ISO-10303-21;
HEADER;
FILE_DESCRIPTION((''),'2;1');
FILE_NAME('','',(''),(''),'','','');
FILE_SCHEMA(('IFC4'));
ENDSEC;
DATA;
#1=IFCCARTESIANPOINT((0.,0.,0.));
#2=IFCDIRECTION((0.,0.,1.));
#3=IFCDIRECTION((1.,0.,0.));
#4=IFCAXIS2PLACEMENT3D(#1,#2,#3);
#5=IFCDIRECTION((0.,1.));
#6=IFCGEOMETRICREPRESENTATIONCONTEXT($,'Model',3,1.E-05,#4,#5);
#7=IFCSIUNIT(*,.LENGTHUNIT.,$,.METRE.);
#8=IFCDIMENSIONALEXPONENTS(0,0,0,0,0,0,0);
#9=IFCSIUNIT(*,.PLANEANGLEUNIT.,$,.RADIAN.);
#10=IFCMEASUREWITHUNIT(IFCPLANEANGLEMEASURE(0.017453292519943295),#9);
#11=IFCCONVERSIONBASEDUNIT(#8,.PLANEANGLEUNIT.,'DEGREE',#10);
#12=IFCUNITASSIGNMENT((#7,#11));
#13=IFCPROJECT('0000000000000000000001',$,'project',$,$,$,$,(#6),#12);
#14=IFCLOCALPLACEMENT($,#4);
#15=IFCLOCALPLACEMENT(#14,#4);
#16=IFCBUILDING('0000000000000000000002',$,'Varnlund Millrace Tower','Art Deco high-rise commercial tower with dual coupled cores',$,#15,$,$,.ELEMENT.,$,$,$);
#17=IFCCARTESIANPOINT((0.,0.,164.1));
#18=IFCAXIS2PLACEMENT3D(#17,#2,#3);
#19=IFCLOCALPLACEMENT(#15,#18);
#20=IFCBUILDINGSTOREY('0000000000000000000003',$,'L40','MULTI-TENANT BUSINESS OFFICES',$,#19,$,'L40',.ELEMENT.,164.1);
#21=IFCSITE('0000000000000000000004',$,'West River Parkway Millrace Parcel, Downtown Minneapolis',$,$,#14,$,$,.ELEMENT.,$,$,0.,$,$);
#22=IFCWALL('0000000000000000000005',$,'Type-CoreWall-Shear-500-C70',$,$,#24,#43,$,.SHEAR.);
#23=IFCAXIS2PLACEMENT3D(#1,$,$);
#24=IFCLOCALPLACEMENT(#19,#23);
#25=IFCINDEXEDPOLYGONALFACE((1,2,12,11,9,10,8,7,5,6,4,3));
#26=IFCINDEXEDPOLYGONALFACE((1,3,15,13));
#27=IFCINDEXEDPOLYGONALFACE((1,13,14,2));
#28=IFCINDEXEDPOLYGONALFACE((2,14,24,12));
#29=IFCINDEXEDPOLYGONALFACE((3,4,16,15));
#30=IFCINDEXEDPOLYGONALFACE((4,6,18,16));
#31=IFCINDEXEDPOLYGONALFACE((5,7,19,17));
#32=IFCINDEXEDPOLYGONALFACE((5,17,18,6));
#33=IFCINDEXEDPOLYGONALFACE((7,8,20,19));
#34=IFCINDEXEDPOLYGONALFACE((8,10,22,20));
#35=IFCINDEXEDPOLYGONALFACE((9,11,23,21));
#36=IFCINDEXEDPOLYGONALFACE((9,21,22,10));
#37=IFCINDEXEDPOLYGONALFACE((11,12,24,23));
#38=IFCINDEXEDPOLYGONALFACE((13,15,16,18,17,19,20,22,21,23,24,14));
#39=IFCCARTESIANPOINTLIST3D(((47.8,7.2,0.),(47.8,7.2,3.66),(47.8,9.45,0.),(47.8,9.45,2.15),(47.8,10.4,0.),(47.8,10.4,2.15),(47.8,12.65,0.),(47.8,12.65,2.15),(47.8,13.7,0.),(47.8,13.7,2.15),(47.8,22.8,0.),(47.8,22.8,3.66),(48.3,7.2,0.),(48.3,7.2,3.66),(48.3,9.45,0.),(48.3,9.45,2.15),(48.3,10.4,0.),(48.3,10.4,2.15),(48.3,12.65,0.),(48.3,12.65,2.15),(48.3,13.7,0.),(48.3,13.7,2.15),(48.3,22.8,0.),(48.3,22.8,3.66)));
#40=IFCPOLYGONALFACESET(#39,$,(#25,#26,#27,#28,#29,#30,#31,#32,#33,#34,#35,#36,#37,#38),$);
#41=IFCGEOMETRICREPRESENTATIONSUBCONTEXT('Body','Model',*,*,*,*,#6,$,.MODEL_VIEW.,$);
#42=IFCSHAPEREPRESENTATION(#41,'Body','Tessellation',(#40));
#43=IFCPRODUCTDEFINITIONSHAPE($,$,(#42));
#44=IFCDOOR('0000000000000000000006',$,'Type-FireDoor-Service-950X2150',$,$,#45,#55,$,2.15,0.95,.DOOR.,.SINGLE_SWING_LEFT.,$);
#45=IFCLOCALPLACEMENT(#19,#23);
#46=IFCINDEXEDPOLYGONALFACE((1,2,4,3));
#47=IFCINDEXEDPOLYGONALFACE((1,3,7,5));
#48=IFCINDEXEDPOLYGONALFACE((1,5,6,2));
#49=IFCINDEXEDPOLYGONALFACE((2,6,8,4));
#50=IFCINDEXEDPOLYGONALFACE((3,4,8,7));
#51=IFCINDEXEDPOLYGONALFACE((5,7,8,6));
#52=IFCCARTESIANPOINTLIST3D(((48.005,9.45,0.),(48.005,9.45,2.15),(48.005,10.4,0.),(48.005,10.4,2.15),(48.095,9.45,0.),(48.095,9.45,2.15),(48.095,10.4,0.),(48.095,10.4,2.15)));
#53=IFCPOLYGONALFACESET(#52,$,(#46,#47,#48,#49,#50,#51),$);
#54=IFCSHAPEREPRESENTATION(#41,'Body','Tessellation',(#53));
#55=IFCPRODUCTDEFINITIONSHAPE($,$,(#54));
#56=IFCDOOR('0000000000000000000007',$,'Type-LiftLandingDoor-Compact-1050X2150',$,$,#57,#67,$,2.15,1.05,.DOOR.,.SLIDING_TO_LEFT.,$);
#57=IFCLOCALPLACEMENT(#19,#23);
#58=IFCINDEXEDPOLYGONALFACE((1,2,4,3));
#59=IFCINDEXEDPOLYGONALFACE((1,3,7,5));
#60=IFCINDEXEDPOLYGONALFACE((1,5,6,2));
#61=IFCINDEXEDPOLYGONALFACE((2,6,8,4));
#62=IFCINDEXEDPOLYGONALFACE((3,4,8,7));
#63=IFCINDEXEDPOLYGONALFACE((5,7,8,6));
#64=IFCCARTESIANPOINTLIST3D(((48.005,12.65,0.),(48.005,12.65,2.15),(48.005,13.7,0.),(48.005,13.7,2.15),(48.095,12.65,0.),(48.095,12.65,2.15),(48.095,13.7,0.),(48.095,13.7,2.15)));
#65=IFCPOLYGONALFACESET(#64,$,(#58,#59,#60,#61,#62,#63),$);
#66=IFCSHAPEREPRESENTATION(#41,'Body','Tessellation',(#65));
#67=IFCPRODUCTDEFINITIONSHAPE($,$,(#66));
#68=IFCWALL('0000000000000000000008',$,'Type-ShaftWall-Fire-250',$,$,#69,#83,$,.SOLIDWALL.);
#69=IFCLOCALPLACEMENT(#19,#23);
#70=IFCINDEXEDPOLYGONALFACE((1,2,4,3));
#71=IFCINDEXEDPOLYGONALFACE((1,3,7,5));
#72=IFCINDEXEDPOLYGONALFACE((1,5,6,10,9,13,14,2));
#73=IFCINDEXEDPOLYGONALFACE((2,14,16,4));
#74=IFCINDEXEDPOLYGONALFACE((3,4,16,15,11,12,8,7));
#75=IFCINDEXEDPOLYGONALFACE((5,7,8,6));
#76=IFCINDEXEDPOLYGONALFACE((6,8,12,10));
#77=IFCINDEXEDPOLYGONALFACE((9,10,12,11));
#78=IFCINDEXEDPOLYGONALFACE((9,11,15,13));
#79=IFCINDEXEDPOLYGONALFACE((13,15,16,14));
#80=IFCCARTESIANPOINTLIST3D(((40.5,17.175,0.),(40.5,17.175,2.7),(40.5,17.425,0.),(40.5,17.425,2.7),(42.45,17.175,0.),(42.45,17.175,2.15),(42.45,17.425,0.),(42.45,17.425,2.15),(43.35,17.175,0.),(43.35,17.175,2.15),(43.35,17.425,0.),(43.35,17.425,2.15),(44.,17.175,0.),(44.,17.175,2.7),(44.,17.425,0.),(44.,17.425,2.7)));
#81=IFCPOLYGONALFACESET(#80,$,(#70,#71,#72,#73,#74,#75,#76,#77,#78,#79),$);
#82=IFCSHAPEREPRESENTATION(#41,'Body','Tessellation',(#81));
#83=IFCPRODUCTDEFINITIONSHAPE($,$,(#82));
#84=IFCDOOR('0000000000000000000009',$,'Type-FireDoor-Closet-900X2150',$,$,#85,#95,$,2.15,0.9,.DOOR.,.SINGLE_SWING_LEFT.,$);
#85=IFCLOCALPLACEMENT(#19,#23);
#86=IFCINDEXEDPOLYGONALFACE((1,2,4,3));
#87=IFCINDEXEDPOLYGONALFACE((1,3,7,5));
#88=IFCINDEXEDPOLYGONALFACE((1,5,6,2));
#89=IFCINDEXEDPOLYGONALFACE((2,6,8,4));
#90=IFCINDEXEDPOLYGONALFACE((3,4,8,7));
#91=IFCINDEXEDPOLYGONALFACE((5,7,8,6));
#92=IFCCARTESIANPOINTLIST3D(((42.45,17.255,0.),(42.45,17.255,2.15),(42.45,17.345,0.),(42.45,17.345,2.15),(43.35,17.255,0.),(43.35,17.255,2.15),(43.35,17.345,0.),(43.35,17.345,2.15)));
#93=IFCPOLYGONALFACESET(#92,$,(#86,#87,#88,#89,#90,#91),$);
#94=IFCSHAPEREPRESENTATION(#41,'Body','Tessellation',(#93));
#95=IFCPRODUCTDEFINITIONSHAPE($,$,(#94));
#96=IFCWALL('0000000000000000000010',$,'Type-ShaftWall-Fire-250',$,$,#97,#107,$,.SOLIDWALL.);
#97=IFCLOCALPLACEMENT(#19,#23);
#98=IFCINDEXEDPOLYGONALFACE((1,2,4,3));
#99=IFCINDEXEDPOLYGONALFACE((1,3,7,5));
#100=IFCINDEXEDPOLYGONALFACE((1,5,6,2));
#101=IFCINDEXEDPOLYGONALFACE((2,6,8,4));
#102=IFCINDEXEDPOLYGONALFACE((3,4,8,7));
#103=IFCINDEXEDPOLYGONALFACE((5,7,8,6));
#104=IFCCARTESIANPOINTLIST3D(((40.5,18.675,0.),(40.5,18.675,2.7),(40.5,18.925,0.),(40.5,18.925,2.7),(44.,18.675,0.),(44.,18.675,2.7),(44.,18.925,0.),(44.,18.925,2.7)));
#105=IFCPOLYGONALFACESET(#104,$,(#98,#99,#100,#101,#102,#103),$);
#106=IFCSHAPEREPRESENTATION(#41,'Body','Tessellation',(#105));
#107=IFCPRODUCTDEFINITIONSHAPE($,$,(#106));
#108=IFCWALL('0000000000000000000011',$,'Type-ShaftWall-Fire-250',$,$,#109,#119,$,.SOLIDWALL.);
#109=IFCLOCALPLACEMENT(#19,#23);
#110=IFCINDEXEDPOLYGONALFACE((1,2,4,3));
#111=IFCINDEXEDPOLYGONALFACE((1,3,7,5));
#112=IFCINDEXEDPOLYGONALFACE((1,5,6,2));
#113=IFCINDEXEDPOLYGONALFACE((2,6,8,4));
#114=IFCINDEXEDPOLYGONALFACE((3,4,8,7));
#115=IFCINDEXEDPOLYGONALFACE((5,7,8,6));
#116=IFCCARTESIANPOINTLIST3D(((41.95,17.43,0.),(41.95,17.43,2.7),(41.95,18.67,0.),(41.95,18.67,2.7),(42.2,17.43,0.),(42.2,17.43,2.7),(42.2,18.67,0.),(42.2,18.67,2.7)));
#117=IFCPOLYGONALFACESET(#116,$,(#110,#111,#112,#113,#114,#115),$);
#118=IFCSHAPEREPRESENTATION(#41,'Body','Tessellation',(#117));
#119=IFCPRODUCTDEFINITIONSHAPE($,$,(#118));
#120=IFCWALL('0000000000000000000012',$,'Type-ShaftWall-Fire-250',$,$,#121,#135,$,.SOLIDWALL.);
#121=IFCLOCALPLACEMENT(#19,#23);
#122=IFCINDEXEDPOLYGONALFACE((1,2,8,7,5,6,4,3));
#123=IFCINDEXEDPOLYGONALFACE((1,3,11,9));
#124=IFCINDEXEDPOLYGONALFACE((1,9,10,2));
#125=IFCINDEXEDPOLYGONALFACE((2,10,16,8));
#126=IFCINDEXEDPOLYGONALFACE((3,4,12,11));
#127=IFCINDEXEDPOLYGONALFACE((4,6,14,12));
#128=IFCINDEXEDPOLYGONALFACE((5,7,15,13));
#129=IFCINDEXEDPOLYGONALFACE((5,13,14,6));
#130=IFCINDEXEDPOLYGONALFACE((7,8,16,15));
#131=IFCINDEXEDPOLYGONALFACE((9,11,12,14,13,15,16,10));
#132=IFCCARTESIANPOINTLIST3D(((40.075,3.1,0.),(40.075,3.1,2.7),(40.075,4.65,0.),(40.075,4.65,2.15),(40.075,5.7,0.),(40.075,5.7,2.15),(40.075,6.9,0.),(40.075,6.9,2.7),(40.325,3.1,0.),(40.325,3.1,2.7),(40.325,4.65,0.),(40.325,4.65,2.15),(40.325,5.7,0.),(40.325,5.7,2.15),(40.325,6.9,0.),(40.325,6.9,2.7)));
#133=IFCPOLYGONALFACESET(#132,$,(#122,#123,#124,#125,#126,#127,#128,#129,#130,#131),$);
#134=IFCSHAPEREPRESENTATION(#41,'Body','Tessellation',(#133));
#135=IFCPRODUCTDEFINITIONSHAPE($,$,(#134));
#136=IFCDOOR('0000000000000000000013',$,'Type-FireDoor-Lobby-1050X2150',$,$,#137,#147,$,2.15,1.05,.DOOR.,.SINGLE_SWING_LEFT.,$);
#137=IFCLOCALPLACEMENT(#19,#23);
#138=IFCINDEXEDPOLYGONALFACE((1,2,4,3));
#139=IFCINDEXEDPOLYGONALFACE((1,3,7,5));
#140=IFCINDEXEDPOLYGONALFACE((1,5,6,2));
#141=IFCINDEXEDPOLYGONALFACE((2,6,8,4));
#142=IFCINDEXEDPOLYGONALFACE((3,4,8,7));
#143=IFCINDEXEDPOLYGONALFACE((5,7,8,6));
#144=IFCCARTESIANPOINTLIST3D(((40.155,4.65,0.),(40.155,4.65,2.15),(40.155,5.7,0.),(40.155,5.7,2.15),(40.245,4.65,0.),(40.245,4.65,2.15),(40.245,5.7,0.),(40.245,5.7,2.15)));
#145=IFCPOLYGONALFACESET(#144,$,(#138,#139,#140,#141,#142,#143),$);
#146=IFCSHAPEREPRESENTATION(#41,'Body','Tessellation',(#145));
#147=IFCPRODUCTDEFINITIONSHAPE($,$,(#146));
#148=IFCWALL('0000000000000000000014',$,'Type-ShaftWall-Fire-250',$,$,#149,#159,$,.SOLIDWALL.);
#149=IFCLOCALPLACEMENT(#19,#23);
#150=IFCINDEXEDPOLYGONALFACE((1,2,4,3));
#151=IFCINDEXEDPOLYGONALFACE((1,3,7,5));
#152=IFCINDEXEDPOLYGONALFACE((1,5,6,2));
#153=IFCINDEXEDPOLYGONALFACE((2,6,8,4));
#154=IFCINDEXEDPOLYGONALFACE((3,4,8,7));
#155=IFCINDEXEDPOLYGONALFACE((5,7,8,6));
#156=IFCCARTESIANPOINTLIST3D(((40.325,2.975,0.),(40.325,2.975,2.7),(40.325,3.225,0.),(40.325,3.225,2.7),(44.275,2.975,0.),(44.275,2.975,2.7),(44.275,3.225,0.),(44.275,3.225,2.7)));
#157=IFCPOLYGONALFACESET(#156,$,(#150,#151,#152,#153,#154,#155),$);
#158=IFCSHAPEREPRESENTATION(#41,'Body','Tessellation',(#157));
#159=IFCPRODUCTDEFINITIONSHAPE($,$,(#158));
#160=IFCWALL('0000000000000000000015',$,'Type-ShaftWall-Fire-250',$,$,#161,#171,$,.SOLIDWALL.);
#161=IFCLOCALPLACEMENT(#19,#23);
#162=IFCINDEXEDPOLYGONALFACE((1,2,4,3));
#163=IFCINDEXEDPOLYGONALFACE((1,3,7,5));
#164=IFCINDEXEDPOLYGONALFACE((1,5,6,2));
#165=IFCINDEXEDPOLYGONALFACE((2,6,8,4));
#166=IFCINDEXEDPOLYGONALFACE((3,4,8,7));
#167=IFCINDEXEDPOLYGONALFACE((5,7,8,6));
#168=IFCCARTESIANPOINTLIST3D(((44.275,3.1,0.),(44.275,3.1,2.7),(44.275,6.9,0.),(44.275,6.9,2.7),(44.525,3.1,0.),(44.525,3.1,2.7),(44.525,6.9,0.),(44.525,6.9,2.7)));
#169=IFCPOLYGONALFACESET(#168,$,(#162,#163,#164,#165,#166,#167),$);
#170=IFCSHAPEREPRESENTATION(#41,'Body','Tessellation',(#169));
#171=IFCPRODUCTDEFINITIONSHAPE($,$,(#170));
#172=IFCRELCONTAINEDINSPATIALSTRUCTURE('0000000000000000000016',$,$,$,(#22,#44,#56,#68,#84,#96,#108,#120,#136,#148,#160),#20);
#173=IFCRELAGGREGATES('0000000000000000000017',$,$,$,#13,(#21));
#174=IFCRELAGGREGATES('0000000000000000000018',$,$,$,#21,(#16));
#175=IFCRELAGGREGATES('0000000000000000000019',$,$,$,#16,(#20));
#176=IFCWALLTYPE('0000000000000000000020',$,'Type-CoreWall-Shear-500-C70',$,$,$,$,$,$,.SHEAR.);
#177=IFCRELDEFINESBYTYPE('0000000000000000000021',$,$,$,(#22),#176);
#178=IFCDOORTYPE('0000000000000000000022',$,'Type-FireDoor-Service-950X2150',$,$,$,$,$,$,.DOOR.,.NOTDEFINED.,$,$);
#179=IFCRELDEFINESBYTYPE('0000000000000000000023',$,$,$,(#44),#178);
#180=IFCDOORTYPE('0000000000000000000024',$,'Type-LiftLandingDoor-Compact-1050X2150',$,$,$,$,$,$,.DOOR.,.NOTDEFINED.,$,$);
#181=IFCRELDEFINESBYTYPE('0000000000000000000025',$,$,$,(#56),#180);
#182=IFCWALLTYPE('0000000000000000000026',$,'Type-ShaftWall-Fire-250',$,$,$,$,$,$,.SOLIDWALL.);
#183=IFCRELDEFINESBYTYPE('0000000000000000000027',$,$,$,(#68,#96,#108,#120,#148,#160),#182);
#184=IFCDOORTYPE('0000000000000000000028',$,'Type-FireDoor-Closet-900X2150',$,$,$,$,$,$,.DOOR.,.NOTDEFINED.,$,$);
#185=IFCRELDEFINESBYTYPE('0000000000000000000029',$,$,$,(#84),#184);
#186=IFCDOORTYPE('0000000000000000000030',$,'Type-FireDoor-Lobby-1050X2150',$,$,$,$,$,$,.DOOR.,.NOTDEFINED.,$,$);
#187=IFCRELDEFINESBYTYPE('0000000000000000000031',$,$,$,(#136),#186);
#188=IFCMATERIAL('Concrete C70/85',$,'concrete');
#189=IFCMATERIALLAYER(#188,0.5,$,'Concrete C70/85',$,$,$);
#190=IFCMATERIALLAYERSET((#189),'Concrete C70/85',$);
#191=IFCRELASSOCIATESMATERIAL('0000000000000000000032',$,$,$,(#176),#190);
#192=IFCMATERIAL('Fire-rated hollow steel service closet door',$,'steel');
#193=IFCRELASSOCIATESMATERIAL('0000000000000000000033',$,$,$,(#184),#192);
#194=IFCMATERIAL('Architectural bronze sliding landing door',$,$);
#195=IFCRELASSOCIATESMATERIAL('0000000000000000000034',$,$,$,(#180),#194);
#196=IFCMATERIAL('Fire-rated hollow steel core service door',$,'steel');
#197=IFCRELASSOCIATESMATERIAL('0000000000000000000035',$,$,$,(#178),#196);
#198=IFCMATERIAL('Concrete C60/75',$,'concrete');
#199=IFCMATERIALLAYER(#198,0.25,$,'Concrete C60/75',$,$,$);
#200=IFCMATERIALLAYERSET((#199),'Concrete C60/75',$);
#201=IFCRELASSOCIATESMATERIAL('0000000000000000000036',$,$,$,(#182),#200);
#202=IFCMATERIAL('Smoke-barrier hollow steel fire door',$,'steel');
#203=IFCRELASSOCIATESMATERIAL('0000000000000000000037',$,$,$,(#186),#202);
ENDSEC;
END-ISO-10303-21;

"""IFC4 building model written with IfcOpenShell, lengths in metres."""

from ifc_helpers import new_model, entity, si_unit, converted_unit, direction, frame, origin_with_axes, origin_2d_with_axis, place, context, subcontext, project, spatial, polyline, rectangle, outline, extrude, material, layer, layer_set, type_object, element, fill, save


model = new_model("IFC4")

# Units and contexts
model_context = context("Model", 3, precision=1e-05, world=origin_with_axes(), true_north=direction((0.0, 1.0)))
body_context = subcontext(model_context, "Body", "Model", "MODEL_VIEW")
ifc_project = project(units=[si_unit("LENGTHUNIT", "METRE"), converted_unit("PLANEANGLEUNIT", "DEGREE", entity("IfcPlaneAngleMeasure", 0.017453292519943295), si_unit("PLANEANGLEUNIT", "RADIAN"), dimensions=[0, 0, 0, 0, 0, 0, 0])], contexts=[model_context])

# Site, building, storey
site_placement = place(None, origin_with_axes())
site = spatial("IfcSite", under=ifc_project, at=site_placement, Name="West River Parkway Millrace Parcel, Downtown Minneapolis", CompositionType="ELEMENT", RefElevation=0.0)
building_placement = place(site_placement, origin_with_axes())
building = spatial("IfcBuilding", under=site, at=building_placement, Name="Varnlund Millrace Tower", Description="Art Deco high-rise commercial tower with dual coupled cores", CompositionType="ELEMENT")
storey_placement = place(building_placement, frame((0.0, 0.0, 164.1), z_axis=(0.0, 0.0, 1.0), x_axis=(1.0, 0.0, 0.0)))
storey = spatial("IfcBuildingStorey", under=building, at=storey_placement, Name="L40", Description="MULTI-TENANT BUSINESS OFFICES", LongName="L40", CompositionType="ELEMENT", Elevation=164.1)

# Shared definitions
ifc_material_1 = material(Name="Concrete C70/85", Category="concrete")

# Shared definitions
ifc_layer_1 = layer(ifc_material_1, 0.5, Name="Concrete C70/85")
ifc_layer_set_1 = layer_set([ifc_layer_1], Name="Concrete C70/85")
wall_type_1 = type_object("IfcWallType", Name="Type-CoreWall-Shear-500-C70", PredefinedType="SHEAR", material=ifc_layer_set_1)
ifc_material_2 = material(Name="Fire-rated hollow steel service closet door", Category="steel")
door_type_1 = type_object("IfcDoorType", Name="Type-FireDoor-Closet-900X2150", OperationType="NOTDEFINED", PredefinedType="DOOR", material=ifc_material_2)
ifc_material_3 = material(Name="Architectural bronze sliding landing door")
door_type_2 = type_object("IfcDoorType", Name="Type-LiftLandingDoor-Compact-1050X2150", OperationType="NOTDEFINED", PredefinedType="DOOR", material=ifc_material_3)

# Wall, openings, doors
wall_1_placement = place(storey_placement, frame((48.05, 7.2, 0.0), z_axis=(0.0, 0.0, 1.0), x_axis=(0.0, 1.0, 0.0)))
wall_1 = element("IfcWall", 1, at=wall_1_placement, inside=storey, type_object=wall_type_1, Name="Type-CoreWall-Shear-500-C70", PredefinedType="SHEAR", context=body_context, shape_type="SweptSolid", body=[
    extrude(outline(polyline([(0.0, -0.25), (15.6, -0.25), (15.6, 0.25), (0.0, 0.25), (0.0, -0.25)])), origin_with_axes(), (0.0, 0.0, 1.0), 3.66),
])
opening_1_placement = place(wall_1_placement, frame((5.975, 0.0, 0.0), z_axis=(0.0, 0.0, 1.0), x_axis=(1.0, 0.0, 0.0)))
opening_1 = element("IfcOpeningElement", 2, at=opening_1_placement, cuts=wall_1, PredefinedType="OPENING", context=body_context, shape_type="SweptSolid", body=[
    extrude(rectangle(XDim=1.05, YDim=0.52, at=origin_2d_with_axis()), origin_with_axes(), (0.0, 0.0, 1.0), 2.15),
])
opening_2_placement = place(wall_1_placement, frame((2.725, 0.0, 0.0), z_axis=(0.0, 0.0, 1.0), x_axis=(1.0, 0.0, 0.0)))
opening_2 = element("IfcOpeningElement", 3, at=opening_2_placement, cuts=wall_1, PredefinedType="OPENING", context=body_context, shape_type="SweptSolid", body=[
    extrude(rectangle(XDim=0.95, YDim=0.52, at=origin_2d_with_axis()), origin_with_axes(), (0.0, 0.0, 1.0), 2.15),
])
ifc_material_4 = material(Name="Fire-rated hollow steel core service door", Category="steel")
door_type_3 = type_object("IfcDoorType", Name="Type-FireDoor-Service-950X2150", OperationType="NOTDEFINED", PredefinedType="DOOR", material=ifc_material_4)
door_1_placement = place(wall_1_placement, frame((2.725, 0.0, 0.0), z_axis=(0.0, 0.0, 1.0), x_axis=(1.0, 0.0, 0.0)))
door_1 = element("IfcDoor", 4, at=door_1_placement, inside=storey, type_object=door_type_3, Name="Type-FireDoor-Service-950X2150", OperationType="SINGLE_SWING_LEFT", OverallHeight=2.15, OverallWidth=0.95, PredefinedType="DOOR", context=body_context, shape_type="SweptSolid", body=[
    extrude(rectangle(XDim=0.95, YDim=0.09, at=origin_2d_with_axis()), origin_with_axes(), (0.0, 0.0, 1.0), 2.15),
])
fill(opening_2, door_1)
door_2_placement = place(wall_1_placement, frame((5.975, 0.0, 0.0), z_axis=(0.0, 0.0, 1.0), x_axis=(1.0, 0.0, 0.0)))
door_2 = element("IfcDoor", 5, at=door_2_placement, inside=storey, type_object=door_type_2, Name="Type-LiftLandingDoor-Compact-1050X2150", OperationType="SLIDING_TO_LEFT", OverallHeight=2.15, OverallWidth=1.05, PredefinedType="DOOR", context=body_context, shape_type="SweptSolid", body=[
    extrude(rectangle(XDim=1.05, YDim=0.09, at=origin_2d_with_axis()), origin_with_axes(), (0.0, 0.0, 1.0), 2.15),
])
fill(opening_1, door_2)

# Wall, opening, door
ifc_material_5 = material(Name="Concrete C60/75", Category="concrete")
ifc_layer_2 = layer(ifc_material_5, 0.25, Name="Concrete C60/75")
ifc_layer_set_2 = layer_set([ifc_layer_2], Name="Concrete C60/75")
wall_type_2 = type_object("IfcWallType", Name="Type-ShaftWall-Fire-250", PredefinedType="SOLIDWALL", material=ifc_layer_set_2)
wall_2_placement = place(storey_placement, frame((40.5, 17.3, 0.0), z_axis=(0.0, 0.0, 1.0), x_axis=(1.0, 0.0, 0.0)))
wall_2 = element("IfcWall", 6, at=wall_2_placement, inside=storey, type_object=wall_type_2, Name="Type-ShaftWall-Fire-250", PredefinedType="SOLIDWALL", context=body_context, shape_type="SweptSolid", body=[
    extrude(outline(polyline([(0.0, -0.125), (3.5, -0.125), (3.5, 0.125), (0.0, 0.125), (0.0, -0.125)])), origin_with_axes(), (0.0, 0.0, 1.0), 2.7),
])
opening_3_placement = place(wall_2_placement, frame((2.4, 0.0, 0.0), z_axis=(0.0, 0.0, 1.0), x_axis=(1.0, 0.0, 0.0)))
opening_3 = element("IfcOpeningElement", 7, at=opening_3_placement, cuts=wall_2, PredefinedType="OPENING", context=body_context, shape_type="SweptSolid", body=[
    extrude(rectangle(XDim=0.9, YDim=0.27, at=origin_2d_with_axis()), origin_with_axes(), (0.0, 0.0, 1.0), 2.15),
])
door_3_placement = place(wall_2_placement, frame((2.4, 0.0, 0.0), z_axis=(0.0, 0.0, 1.0), x_axis=(1.0, 0.0, 0.0)))
door_3 = element("IfcDoor", 8, at=door_3_placement, inside=storey, type_object=door_type_1, Name="Type-FireDoor-Closet-900X2150", OperationType="SINGLE_SWING_LEFT", OverallHeight=2.15, OverallWidth=0.9, PredefinedType="DOOR", context=body_context, shape_type="SweptSolid", body=[
    extrude(rectangle(XDim=0.9, YDim=0.09, at=origin_2d_with_axis()), origin_with_axes(), (0.0, 0.0, 1.0), 2.15),
])
fill(opening_3, door_3)

# Walls
wall_3_placement = place(storey_placement, frame((40.5, 18.8, 0.0), z_axis=(0.0, 0.0, 1.0), x_axis=(1.0, 0.0, 0.0)))
element("IfcWall", 9, at=wall_3_placement, inside=storey, type_object=wall_type_2, Name="Type-ShaftWall-Fire-250", PredefinedType="SOLIDWALL", context=body_context, shape_type="SweptSolid", body=[
    extrude(outline(polyline([(0.0, -0.125), (3.5, -0.125), (3.5, 0.125), (0.0, 0.125), (0.0, -0.125)])), origin_with_axes(), (0.0, 0.0, 1.0), 2.7),
])
wall_4_placement = place(storey_placement, frame((42.075, 17.43, 0.0), z_axis=(0.0, 0.0, 1.0), x_axis=(0.0, 1.0, 0.0)))
element("IfcWall", 10, at=wall_4_placement, inside=storey, type_object=wall_type_2, Name="Type-ShaftWall-Fire-250", PredefinedType="SOLIDWALL", context=body_context, shape_type="SweptSolid", body=[
    extrude(outline(polyline([(0.0, -0.125), (1.24, -0.125), (1.24, 0.125), (0.0, 0.125), (0.0, -0.125)])), origin_with_axes(), (0.0, 0.0, 1.0), 2.7),
])

# Wall, opening, door
wall_5_placement = place(storey_placement, frame((40.2, 3.1, 0.0), z_axis=(0.0, 0.0, 1.0), x_axis=(0.0, 1.0, 0.0)))
wall_5 = element("IfcWall", 11, at=wall_5_placement, inside=storey, type_object=wall_type_2, Name="Type-ShaftWall-Fire-250", PredefinedType="SOLIDWALL", context=body_context, shape_type="SweptSolid", body=[
    extrude(outline(polyline([(0.0, -0.125), (3.8, -0.125), (3.8, 0.125), (0.0, 0.125), (0.0, -0.125)])), origin_with_axes(), (0.0, 0.0, 1.0), 2.7),
])
opening_4_placement = place(wall_5_placement, frame((2.075, 0.0, 0.0), z_axis=(0.0, 0.0, 1.0), x_axis=(1.0, 0.0, 0.0)))
opening_4 = element("IfcOpeningElement", 12, at=opening_4_placement, cuts=wall_5, PredefinedType="OPENING", context=body_context, shape_type="SweptSolid", body=[
    extrude(rectangle(XDim=1.05, YDim=0.27, at=origin_2d_with_axis()), origin_with_axes(), (0.0, 0.0, 1.0), 2.15),
])
ifc_material_6 = material(Name="Smoke-barrier hollow steel fire door", Category="steel")
door_type_4 = type_object("IfcDoorType", Name="Type-FireDoor-Lobby-1050X2150", OperationType="NOTDEFINED", PredefinedType="DOOR", material=ifc_material_6)
door_4_placement = place(wall_5_placement, frame((2.075, 0.0, 0.0), z_axis=(0.0, 0.0, 1.0), x_axis=(1.0, 0.0, 0.0)))
door_4 = element("IfcDoor", 13, at=door_4_placement, inside=storey, type_object=door_type_4, Name="Type-FireDoor-Lobby-1050X2150", OperationType="SINGLE_SWING_LEFT", OverallHeight=2.15, OverallWidth=1.05, PredefinedType="DOOR", context=body_context, shape_type="SweptSolid", body=[
    extrude(rectangle(XDim=1.05, YDim=0.09, at=origin_2d_with_axis()), origin_with_axes(), (0.0, 0.0, 1.0), 2.15),
])
fill(opening_4, door_4)

# Walls
wall_6_placement = place(storey_placement, frame((40.325, 3.1, 0.0), z_axis=(0.0, 0.0, 1.0), x_axis=(1.0, 0.0, 0.0)))
element("IfcWall", 14, at=wall_6_placement, inside=storey, type_object=wall_type_2, Name="Type-ShaftWall-Fire-250", PredefinedType="SOLIDWALL", context=body_context, shape_type="SweptSolid", body=[
    extrude(outline(polyline([(0.0, -0.125), (3.95, -0.125), (3.95, 0.125), (0.0, 0.125), (0.0, -0.125)])), origin_with_axes(), (0.0, 0.0, 1.0), 2.7),
])
wall_7_placement = place(storey_placement, frame((44.4, 3.1, 0.0), z_axis=(0.0, 0.0, 1.0), x_axis=(0.0, 1.0, 0.0)))
element("IfcWall", 15, at=wall_7_placement, inside=storey, type_object=wall_type_2, Name="Type-ShaftWall-Fire-250", PredefinedType="SOLIDWALL", context=body_context, shape_type="SweptSolid", body=[
    extrude(outline(polyline([(0.0, -0.125), (3.8, -0.125), (3.8, 0.125), (0.0, 0.125), (0.0, -0.125)])), origin_with_axes(), (0.0, 0.0, 1.0), 2.7),
])

save(model, "model.ifc")
